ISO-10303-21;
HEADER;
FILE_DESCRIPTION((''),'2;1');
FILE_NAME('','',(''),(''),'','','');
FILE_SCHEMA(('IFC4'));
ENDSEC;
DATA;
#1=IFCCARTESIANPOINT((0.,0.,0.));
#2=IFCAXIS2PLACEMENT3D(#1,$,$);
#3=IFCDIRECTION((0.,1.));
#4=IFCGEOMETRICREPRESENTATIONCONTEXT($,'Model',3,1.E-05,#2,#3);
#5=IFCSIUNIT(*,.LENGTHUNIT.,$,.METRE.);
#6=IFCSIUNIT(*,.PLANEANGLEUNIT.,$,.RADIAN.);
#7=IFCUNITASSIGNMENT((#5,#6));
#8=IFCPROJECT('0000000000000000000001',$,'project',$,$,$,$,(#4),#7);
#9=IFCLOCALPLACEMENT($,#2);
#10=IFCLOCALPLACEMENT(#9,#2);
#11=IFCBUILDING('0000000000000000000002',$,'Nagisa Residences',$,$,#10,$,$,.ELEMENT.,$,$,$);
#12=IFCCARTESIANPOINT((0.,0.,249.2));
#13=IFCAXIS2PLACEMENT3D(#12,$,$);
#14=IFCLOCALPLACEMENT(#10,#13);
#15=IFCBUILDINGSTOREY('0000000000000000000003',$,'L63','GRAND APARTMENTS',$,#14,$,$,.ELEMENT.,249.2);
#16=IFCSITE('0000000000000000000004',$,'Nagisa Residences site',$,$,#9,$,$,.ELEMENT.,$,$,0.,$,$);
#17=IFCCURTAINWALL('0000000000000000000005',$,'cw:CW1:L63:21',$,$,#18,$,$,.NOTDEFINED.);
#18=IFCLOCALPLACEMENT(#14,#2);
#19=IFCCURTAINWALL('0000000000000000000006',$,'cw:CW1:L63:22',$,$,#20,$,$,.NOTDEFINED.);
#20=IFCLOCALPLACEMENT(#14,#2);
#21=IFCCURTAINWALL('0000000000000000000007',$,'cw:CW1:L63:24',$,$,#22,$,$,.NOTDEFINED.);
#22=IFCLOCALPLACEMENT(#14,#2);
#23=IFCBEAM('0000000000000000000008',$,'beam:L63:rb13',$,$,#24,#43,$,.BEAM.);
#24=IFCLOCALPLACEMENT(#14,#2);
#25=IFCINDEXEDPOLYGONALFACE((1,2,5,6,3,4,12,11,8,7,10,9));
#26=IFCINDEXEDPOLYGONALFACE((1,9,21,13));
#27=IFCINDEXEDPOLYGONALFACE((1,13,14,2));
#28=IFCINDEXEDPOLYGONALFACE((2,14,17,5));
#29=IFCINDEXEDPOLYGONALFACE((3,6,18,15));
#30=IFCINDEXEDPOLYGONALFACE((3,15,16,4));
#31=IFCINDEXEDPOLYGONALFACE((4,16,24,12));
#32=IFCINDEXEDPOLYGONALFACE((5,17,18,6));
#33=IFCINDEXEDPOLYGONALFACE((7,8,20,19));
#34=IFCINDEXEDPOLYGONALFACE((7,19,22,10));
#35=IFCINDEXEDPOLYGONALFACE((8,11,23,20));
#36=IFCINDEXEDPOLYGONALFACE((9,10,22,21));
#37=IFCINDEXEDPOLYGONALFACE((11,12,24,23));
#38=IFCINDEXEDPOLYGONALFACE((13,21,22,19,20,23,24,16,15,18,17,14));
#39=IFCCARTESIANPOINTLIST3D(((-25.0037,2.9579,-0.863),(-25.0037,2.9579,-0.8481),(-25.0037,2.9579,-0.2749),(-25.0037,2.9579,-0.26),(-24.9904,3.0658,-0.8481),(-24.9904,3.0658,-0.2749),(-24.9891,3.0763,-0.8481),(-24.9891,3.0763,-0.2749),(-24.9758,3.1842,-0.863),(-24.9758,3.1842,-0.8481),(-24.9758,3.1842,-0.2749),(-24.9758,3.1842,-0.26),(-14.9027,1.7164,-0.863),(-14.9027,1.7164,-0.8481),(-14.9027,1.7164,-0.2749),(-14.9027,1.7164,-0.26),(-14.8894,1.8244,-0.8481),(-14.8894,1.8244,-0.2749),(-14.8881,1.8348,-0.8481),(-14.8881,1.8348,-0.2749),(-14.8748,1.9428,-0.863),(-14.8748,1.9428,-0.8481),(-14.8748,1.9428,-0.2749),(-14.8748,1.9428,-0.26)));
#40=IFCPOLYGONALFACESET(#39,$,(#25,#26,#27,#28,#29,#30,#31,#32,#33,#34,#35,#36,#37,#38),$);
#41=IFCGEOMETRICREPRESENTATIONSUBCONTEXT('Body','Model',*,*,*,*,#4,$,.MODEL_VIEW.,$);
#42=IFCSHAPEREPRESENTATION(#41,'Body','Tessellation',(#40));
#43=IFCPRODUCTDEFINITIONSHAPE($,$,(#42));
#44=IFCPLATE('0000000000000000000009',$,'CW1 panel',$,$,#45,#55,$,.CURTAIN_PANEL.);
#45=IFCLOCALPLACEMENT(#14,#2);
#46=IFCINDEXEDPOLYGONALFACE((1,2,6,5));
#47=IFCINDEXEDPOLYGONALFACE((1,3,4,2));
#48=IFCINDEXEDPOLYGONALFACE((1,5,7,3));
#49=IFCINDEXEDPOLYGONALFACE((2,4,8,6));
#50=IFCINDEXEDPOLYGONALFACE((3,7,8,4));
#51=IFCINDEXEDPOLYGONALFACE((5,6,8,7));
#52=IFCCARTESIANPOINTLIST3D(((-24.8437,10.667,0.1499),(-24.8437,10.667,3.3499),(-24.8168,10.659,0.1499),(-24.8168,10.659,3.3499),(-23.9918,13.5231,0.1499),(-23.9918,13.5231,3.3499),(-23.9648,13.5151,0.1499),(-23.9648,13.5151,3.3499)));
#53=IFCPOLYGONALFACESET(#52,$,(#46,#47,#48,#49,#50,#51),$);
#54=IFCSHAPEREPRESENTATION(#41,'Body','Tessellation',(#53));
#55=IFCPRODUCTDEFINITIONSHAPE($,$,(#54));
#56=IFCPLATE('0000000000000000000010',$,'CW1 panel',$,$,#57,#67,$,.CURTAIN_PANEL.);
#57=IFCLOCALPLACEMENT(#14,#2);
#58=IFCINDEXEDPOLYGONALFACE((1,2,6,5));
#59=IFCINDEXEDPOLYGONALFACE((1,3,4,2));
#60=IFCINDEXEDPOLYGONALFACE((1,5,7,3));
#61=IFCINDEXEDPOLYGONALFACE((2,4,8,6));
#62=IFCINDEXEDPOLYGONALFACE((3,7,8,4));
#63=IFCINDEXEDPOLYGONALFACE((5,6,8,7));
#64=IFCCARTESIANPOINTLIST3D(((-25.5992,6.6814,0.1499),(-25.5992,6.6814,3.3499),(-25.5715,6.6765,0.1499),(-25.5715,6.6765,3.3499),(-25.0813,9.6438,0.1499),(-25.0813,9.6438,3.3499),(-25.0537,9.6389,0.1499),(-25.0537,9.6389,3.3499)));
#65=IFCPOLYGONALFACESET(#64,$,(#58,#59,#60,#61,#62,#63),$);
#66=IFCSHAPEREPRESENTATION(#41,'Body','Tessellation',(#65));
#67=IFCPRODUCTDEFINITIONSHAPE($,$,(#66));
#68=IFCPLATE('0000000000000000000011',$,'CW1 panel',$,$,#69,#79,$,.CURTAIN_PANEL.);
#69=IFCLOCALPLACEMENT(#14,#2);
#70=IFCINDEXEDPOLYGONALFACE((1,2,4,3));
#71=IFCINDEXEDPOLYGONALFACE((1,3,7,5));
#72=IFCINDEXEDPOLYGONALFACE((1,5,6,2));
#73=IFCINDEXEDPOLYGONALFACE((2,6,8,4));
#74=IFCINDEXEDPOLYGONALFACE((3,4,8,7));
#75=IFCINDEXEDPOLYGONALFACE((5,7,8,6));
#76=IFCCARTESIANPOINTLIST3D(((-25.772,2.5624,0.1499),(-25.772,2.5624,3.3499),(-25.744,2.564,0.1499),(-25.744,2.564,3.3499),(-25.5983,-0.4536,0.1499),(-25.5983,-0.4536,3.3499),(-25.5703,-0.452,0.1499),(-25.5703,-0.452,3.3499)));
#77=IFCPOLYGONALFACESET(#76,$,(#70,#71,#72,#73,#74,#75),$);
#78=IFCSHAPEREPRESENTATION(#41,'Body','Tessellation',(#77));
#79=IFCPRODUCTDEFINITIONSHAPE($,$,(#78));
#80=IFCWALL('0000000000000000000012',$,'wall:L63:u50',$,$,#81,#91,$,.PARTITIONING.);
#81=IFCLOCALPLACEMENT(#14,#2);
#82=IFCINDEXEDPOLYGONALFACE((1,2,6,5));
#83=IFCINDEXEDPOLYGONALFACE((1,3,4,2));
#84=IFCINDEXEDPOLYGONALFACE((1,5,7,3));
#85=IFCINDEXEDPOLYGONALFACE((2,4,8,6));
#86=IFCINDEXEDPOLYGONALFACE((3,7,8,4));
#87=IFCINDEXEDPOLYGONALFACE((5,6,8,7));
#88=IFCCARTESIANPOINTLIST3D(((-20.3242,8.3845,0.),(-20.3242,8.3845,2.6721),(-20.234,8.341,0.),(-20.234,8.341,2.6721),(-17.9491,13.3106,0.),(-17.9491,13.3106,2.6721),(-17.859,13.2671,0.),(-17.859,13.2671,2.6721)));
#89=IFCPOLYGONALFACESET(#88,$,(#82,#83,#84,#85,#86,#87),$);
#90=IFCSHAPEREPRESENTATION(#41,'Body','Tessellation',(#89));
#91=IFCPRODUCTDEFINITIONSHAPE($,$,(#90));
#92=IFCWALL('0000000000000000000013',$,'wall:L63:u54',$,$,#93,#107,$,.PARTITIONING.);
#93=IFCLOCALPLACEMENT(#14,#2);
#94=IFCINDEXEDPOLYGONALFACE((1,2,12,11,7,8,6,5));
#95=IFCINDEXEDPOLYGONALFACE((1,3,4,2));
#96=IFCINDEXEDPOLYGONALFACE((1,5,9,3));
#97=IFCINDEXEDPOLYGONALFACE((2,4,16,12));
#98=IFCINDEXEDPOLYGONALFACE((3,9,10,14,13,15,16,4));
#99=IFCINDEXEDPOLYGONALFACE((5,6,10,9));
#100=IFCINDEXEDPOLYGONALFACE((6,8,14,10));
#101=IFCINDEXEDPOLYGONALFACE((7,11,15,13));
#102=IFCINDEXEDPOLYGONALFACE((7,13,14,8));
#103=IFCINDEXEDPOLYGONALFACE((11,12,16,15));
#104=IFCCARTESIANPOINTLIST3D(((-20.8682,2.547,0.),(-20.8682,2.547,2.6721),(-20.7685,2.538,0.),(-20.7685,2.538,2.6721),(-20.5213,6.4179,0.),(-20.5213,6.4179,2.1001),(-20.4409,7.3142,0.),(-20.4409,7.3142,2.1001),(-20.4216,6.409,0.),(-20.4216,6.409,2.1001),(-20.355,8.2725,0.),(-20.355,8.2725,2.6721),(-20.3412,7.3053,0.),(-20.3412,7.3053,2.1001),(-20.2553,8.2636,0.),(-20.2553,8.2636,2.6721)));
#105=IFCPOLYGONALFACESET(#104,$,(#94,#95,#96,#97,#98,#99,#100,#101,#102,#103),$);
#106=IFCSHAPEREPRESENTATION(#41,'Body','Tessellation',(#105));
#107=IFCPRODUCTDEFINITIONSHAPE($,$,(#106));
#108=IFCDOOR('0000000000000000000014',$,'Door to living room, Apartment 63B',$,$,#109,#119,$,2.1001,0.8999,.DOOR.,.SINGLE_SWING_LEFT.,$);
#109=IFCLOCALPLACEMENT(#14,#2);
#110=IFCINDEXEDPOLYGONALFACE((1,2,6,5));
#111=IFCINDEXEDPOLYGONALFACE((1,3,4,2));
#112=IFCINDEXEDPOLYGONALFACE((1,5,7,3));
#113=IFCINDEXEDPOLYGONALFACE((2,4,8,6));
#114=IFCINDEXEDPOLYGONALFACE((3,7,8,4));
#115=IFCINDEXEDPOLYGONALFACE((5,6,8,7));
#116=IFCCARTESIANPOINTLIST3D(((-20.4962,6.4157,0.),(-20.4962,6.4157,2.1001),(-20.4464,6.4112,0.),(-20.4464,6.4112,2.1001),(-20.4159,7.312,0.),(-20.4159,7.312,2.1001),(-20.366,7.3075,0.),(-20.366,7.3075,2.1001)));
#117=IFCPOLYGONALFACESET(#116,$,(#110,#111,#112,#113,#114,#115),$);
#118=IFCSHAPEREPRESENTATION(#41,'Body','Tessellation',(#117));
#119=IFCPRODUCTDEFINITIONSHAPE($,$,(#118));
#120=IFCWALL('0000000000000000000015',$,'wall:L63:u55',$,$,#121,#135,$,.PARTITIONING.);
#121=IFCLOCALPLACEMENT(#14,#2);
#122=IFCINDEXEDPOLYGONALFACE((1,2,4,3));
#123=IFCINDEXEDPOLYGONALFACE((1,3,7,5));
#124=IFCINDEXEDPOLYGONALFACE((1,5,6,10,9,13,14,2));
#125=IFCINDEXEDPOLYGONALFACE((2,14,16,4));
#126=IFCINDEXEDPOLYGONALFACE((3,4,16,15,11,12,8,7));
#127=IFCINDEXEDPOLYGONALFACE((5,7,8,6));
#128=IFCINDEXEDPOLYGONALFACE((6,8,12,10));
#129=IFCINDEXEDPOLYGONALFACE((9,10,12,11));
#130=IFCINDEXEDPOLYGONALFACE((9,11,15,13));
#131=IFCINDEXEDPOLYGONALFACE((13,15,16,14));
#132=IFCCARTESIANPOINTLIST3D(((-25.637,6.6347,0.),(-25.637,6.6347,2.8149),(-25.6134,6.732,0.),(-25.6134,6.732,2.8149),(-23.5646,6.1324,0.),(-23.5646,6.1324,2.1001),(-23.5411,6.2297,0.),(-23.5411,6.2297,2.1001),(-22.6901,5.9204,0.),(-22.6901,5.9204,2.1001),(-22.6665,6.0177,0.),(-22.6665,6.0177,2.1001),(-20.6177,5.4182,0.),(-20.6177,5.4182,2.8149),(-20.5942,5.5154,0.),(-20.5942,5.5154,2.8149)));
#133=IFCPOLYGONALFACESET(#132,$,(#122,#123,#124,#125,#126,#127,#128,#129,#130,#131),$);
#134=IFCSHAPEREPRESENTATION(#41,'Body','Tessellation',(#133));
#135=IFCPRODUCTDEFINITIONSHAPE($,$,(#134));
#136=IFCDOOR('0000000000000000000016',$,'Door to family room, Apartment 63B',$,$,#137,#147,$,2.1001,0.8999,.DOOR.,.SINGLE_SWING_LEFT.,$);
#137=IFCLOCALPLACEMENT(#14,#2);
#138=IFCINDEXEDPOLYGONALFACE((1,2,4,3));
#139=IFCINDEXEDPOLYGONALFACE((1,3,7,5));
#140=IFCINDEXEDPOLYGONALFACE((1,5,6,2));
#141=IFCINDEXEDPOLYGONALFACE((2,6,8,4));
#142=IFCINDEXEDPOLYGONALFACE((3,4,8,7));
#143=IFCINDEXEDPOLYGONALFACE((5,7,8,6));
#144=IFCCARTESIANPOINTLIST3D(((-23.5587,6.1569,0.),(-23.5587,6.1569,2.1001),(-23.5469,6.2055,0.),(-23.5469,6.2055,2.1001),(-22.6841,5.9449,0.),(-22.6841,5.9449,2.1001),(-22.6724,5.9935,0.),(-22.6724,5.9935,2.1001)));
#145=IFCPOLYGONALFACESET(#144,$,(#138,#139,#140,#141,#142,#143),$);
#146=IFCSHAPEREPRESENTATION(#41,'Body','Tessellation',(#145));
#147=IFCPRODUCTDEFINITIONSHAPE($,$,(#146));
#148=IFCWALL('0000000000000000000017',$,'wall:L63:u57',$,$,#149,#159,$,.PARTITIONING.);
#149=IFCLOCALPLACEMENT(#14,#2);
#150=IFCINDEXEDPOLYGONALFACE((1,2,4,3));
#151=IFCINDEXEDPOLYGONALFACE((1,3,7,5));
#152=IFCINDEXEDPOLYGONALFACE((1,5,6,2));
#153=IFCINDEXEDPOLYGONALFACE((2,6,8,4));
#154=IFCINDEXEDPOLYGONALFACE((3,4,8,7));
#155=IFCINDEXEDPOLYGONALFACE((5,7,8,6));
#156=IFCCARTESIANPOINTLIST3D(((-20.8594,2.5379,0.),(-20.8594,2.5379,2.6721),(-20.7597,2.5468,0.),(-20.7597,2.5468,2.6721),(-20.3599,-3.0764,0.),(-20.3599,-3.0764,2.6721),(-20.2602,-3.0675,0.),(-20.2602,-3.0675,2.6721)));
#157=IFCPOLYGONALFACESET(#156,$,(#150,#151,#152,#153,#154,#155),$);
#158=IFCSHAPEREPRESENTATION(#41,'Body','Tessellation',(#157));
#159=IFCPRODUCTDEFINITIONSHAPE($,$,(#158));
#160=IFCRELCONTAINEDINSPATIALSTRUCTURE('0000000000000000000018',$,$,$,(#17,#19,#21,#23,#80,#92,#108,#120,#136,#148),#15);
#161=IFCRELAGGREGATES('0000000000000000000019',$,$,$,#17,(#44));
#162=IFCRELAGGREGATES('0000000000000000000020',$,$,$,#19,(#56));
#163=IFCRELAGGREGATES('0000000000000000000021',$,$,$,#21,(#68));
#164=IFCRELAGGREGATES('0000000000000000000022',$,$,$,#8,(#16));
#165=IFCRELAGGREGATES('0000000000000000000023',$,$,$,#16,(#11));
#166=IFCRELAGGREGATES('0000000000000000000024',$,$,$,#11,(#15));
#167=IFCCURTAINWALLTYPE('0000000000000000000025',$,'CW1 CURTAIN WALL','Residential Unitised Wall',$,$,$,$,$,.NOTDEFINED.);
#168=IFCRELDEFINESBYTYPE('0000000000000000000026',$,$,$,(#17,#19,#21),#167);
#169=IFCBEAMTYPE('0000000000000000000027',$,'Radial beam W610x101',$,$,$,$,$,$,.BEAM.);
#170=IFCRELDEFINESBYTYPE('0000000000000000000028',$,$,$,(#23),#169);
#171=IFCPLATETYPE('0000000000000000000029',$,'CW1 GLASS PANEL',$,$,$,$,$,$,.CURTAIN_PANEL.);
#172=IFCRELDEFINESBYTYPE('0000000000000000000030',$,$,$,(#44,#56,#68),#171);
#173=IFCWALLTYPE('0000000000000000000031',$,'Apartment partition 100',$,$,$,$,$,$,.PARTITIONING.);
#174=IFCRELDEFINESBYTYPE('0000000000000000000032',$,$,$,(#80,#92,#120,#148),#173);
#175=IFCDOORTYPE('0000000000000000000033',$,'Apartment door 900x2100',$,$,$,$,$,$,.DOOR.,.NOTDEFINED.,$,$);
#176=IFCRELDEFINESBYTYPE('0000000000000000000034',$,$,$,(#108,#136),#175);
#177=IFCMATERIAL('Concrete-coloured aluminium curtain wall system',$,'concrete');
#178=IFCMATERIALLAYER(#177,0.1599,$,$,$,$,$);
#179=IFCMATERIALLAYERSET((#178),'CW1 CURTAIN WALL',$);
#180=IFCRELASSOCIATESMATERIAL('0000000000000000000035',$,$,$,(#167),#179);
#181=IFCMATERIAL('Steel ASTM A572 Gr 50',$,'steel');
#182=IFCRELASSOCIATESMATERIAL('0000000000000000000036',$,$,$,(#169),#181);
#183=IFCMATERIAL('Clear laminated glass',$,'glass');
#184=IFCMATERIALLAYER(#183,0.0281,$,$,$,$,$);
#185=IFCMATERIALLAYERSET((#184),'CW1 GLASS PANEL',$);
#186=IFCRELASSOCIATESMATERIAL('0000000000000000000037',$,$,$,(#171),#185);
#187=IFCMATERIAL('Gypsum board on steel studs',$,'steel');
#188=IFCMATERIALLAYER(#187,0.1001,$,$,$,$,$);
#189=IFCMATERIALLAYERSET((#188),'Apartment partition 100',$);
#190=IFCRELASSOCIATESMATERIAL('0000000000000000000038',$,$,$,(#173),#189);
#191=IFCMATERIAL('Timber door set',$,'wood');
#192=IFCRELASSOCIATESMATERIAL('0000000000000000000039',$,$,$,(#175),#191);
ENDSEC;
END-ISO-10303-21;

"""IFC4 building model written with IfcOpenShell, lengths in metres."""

from ifc_helpers import new_model, si_unit, direction, frame, frame_2d, origin, origin_2d, place, context, subcontext, project, spatial, rectangle, i_section, extrude, material, layer, layer_set, material_profile, profile_set, type_object, element, fill, aggregate, save


model = new_model("IFC4")

# Units and contexts
model_context = context("Model", 3, precision=1e-05, world=origin(), true_north=direction((0.0, 1.0)))
body_context = subcontext(model_context, "Body", "Model", "MODEL_VIEW")
ifc_project = project(units=[si_unit("LENGTHUNIT", "METRE"), si_unit("PLANEANGLEUNIT", "RADIAN")], contexts=[model_context])

# Site, building, storey
site_placement = place(None, origin())
site = spatial("IfcSite", under=ifc_project, at=site_placement, Name="Nagisa Residences site", CompositionType="ELEMENT", RefElevation=0.0)
building_placement = place(site_placement, origin())
building = spatial("IfcBuilding", under=site, at=building_placement, Name="Nagisa Residences", CompositionType="ELEMENT")
storey_placement = place(building_placement, frame((0.0, 0.0, 249.2)))
storey = spatial("IfcBuildingStorey", under=building, at=storey_placement, Name="L63", Description="GRAND APARTMENTS", CompositionType="ELEMENT", Elevation=249.2)

# Curtain walls
ifc_material_1 = material(Name="Concrete-coloured aluminium curtain wall system", Category="concrete")
ifc_layer_1 = layer(ifc_material_1, 0.1599)
ifc_layer_set_1 = layer_set([ifc_layer_1], Name="CW1 CURTAIN WALL")
curtain_wall_type = type_object("IfcCurtainWallType", Name="CW1 CURTAIN WALL", Description="Residential Unitised Wall", PredefinedType="NOTDEFINED", material=ifc_layer_set_1)
curtain_wall_1_placement = place(storey_placement, origin())
curtain_wall_1 = element("IfcCurtainWall", 1, at=curtain_wall_1_placement, inside=storey, type_object=curtain_wall_type, Name="cw:CW1:L63:21", PredefinedType="NOTDEFINED")
curtain_wall_2_placement = place(storey_placement, origin())
curtain_wall_2 = element("IfcCurtainWall", 2, at=curtain_wall_2_placement, inside=storey, type_object=curtain_wall_type, Name="cw:CW1:L63:22", PredefinedType="NOTDEFINED")
curtain_wall_3_placement = place(storey_placement, origin())
curtain_wall_3 = element("IfcCurtainWall", 3, at=curtain_wall_3_placement, inside=storey, type_object=curtain_wall_type, Name="cw:CW1:L63:24", PredefinedType="NOTDEFINED")

# Beam
ifc_material_2 = material(Name="Steel ASTM A572 Gr 50", Category="steel")
ifc_material_profile_1 = material_profile(ifc_material_2, i_section(OverallWidth=0.228, OverallDepth=0.603, WebThickness=0.0105, FlangeThickness=0.0149, at=origin_2d()), Name="W610x101")
ifc_profile_set_1 = profile_set([ifc_material_profile_1], Name="Steel ASTM A572 Gr 50")
beam_type_1 = type_object("IfcBeamType", Name="Radial beam W610x101", PredefinedType="BEAM", material=ifc_profile_set_1)
beam_1_placement = place(storey_placement, frame((-24.9897, 3.071, -0.5615), z_axis=(0.992532, -0.121985, 0.0), x_axis=(0.121985, 0.992532, 0.0)))
element("IfcBeam", 4, at=beam_1_placement, inside=storey, type_object=beam_type_1, Name="beam:L63:rb13", PredefinedType="BEAM", context=body_context, shape_type="SweptSolid", body=[
    extrude(i_section(OverallWidth=0.228, OverallDepth=0.603, WebThickness=0.0105, FlangeThickness=0.0149, at=origin_2d()), origin(), (0.0, 0.0, 1.0), 10.177),
])

# Plates
ifc_material_3 = material(Name="Clear laminated glass", Category="glass")
ifc_layer_2 = layer(ifc_material_3, 0.0281)
ifc_layer_set_2 = layer_set([ifc_layer_2], Name="CW1 GLASS PANEL")
plate_type = type_object("IfcPlateType", Name="CW1 GLASS PANEL", PredefinedType="CURTAIN_PANEL", material=ifc_layer_set_2)
plate_1_placement = place(storey_placement, frame((-24.4043, 12.0911, 0.1499), z_axis=(0.0, 0.0, 1.0), x_axis=(-0.28586, -0.958271, 0.0)))
plate_1 = element("IfcPlate", 5, at=plate_1_placement, type_object=plate_type, Name="CW1 panel", PredefinedType="CURTAIN_PANEL", context=body_context, shape_type="SweptSolid", body=[
    extrude(rectangle(XDim=2.9805, YDim=0.0281, at=origin_2d()), origin(), (0.0, 0.0, 1.0), 3.2),
])
aggregate(curtain_wall_1, [plate_1])
plate_2_placement = place(storey_placement, frame((-25.3264, 8.1602, 0.1499), z_axis=(0.0, 0.0, 1.0), x_axis=(-0.172191, -0.985064, 0.0)))
plate_2 = element("IfcPlate", 6, at=plate_2_placement, type_object=plate_type, Name="CW1 panel", PredefinedType="CURTAIN_PANEL", context=body_context, shape_type="SweptSolid", body=[
    extrude(rectangle(XDim=3.0073, YDim=0.0281, at=origin_2d()), origin(), (0.0, 0.0, 1.0), 3.2),
])
aggregate(curtain_wall_2, [plate_2])
plate_3_placement = place(storey_placement, frame((-25.6711, 1.0552, 0.1499), z_axis=(0.0, 0.0, 1.0), x_axis=(0.057503, -0.998345, 0.0)))
plate_3 = element("IfcPlate", 7, at=plate_3_placement, type_object=plate_type, Name="CW1 panel", PredefinedType="CURTAIN_PANEL", context=body_context, shape_type="SweptSolid", body=[
    extrude(rectangle(XDim=3.021, YDim=0.0281, at=origin_2d()), origin(), (0.0, 0.0, 1.0), 3.2),
])
aggregate(curtain_wall_3, [plate_3])

# Wall
ifc_material_4 = material(Name="Gypsum board on steel studs", Category="steel")
ifc_layer_3 = layer(ifc_material_4, 0.1001)
ifc_layer_set_3 = layer_set([ifc_layer_3], Name="Apartment partition 100")
wall_type_1 = type_object("IfcWallType", Name="Apartment partition 100", PredefinedType="PARTITIONING", material=ifc_layer_set_3)
wall_1_placement = place(storey_placement, frame((-17.9041, 13.2888, 0.0), z_axis=(0.0, 0.0, 1.0), x_axis=(-0.434292, -0.900772, 0.0)))
element("IfcWall", 8, at=wall_1_placement, inside=storey, type_object=wall_type_1, Name="wall:L63:u50", PredefinedType="PARTITIONING", context=body_context, shape_type="SweptSolid", body=[
    extrude(rectangle(XDim=5.4688, YDim=0.1001, at=frame_2d((2.7344, 0.0))), origin(), (0.0, 0.0, 1.0), 2.6721),
])

# Walls, openings, doors
wall_2_placement = place(storey_placement, frame((-20.3052, 8.2681, 0.0), z_axis=(0.0, 0.0, 1.0), x_axis=(-0.089272, -0.996007, 0.0)))
wall_2 = element("IfcWall", 9, at=wall_2_placement, inside=storey, type_object=wall_type_1, Name="wall:L63:u54", PredefinedType="PARTITIONING", context=body_context, shape_type="SweptSolid", body=[
    extrude(rectangle(XDim=5.7485, YDim=0.1001, at=frame_2d((2.8743, 0.0))), origin(), (0.0, 0.0, 1.0), 2.6721),
])
opening_1_placement = place(wall_2_placement, frame((0.9622, 0.0, 0.0)))
opening_1 = element("IfcOpeningElement", 10, at=opening_1_placement, cuts=wall_2, PredefinedType="OPENING", context=body_context, shape_type="SweptSolid", body=[
    extrude(rectangle(XDim=0.8999, YDim=2.1001, at=frame_2d((0.45, 1.05))), frame((0.0, 0.0601, 0.0), z_axis=(0.0, -1.0, 0.0), x_axis=(1.0, 0.0, 0.0)), (0.0, 0.0, 1.0), 0.1201),
])
ifc_material_5 = material(Name="Timber door set", Category="wood")
door_type_1 = type_object("IfcDoorType", Name="Apartment door 900x2100", OperationType="NOTDEFINED", PredefinedType="DOOR", material=ifc_material_5)
door_1_placement = place(opening_1_placement, frame((0.8999, 0.0, 0.0), x_axis=(-1.0, 0.0, 0.0)))
door_1 = element("IfcDoor", 11, at=door_1_placement, inside=storey, type_object=door_type_1, Name="Door to living room, Apartment 63B", OperationType="SINGLE_SWING_LEFT", OverallHeight=2.1001, OverallWidth=0.8999, PredefinedType="DOOR", context=body_context, shape_type="SweptSolid", body=[
    extrude(rectangle(XDim=0.8999, YDim=2.1001, at=frame_2d((0.45, 1.05))), frame((0.0, 0.0249, 0.0), z_axis=(0.0, -1.0, 0.0), x_axis=(1.0, 0.0, 0.0)), (0.0, 0.0, 1.0), 0.05),
])
fill(opening_1, door_1)
wall_3_placement = place(storey_placement, frame((-20.606, 5.4668, 0.0), z_axis=(0.0, 0.0, 1.0), x_axis=(-0.971861, 0.235555, 0.0)))
wall_3 = element("IfcWall", 12, at=wall_3_placement, inside=storey, type_object=wall_type_1, Name="wall:L63:u55", PredefinedType="PARTITIONING", context=body_context, shape_type="SweptSolid", body=[
    extrude(rectangle(XDim=5.1646, YDim=0.1001, at=frame_2d((2.5823, 0.0))), origin(), (0.0, 0.0, 1.0), 2.8149),
])
opening_2_placement = place(wall_3_placement, frame((2.1323, 0.0, 0.0)))
opening_2 = element("IfcOpeningElement", 13, at=opening_2_placement, cuts=wall_3, PredefinedType="OPENING", context=body_context, shape_type="SweptSolid", body=[
    extrude(rectangle(XDim=0.8999, YDim=2.1001, at=frame_2d((0.45, 1.05))), frame((0.0, 0.0601, 0.0), z_axis=(0.0, -1.0, 0.0), x_axis=(1.0, 0.0, 0.0)), (0.0, 0.0, 1.0), 0.1201),
])
door_2_placement = place(opening_2_placement, origin())
door_2 = element("IfcDoor", 14, at=door_2_placement, inside=storey, type_object=door_type_1, Name="Door to family room, Apartment 63B", OperationType="SINGLE_SWING_LEFT", OverallHeight=2.1001, OverallWidth=0.8999, PredefinedType="DOOR", context=body_context, shape_type="SweptSolid", body=[
    extrude(rectangle(XDim=0.8999, YDim=2.1001, at=frame_2d((0.45, 1.05))), frame((0.0, 0.0249, 0.0), z_axis=(0.0, -1.0, 0.0), x_axis=(1.0, 0.0, 0.0)), (0.0, 0.0, 1.0), 0.05),
])
fill(opening_2, door_2)

# Wall
wall_4_placement = place(storey_placement, frame((-20.8096, 2.5425, 0.0), z_axis=(0.0, 0.0, 1.0), x_axis=(0.088622, -0.996065, 0.0)))
element("IfcWall", 15, at=wall_4_placement, inside=storey, type_object=wall_type_1, Name="wall:L63:u57", PredefinedType="PARTITIONING", context=body_context, shape_type="SweptSolid", body=[
    extrude(rectangle(XDim=5.6365, YDim=0.1001, at=frame_2d((2.8184, 0.0))), origin(), (0.0, 0.0, 1.0), 2.6721),
])

save(model, "model.ifc")
